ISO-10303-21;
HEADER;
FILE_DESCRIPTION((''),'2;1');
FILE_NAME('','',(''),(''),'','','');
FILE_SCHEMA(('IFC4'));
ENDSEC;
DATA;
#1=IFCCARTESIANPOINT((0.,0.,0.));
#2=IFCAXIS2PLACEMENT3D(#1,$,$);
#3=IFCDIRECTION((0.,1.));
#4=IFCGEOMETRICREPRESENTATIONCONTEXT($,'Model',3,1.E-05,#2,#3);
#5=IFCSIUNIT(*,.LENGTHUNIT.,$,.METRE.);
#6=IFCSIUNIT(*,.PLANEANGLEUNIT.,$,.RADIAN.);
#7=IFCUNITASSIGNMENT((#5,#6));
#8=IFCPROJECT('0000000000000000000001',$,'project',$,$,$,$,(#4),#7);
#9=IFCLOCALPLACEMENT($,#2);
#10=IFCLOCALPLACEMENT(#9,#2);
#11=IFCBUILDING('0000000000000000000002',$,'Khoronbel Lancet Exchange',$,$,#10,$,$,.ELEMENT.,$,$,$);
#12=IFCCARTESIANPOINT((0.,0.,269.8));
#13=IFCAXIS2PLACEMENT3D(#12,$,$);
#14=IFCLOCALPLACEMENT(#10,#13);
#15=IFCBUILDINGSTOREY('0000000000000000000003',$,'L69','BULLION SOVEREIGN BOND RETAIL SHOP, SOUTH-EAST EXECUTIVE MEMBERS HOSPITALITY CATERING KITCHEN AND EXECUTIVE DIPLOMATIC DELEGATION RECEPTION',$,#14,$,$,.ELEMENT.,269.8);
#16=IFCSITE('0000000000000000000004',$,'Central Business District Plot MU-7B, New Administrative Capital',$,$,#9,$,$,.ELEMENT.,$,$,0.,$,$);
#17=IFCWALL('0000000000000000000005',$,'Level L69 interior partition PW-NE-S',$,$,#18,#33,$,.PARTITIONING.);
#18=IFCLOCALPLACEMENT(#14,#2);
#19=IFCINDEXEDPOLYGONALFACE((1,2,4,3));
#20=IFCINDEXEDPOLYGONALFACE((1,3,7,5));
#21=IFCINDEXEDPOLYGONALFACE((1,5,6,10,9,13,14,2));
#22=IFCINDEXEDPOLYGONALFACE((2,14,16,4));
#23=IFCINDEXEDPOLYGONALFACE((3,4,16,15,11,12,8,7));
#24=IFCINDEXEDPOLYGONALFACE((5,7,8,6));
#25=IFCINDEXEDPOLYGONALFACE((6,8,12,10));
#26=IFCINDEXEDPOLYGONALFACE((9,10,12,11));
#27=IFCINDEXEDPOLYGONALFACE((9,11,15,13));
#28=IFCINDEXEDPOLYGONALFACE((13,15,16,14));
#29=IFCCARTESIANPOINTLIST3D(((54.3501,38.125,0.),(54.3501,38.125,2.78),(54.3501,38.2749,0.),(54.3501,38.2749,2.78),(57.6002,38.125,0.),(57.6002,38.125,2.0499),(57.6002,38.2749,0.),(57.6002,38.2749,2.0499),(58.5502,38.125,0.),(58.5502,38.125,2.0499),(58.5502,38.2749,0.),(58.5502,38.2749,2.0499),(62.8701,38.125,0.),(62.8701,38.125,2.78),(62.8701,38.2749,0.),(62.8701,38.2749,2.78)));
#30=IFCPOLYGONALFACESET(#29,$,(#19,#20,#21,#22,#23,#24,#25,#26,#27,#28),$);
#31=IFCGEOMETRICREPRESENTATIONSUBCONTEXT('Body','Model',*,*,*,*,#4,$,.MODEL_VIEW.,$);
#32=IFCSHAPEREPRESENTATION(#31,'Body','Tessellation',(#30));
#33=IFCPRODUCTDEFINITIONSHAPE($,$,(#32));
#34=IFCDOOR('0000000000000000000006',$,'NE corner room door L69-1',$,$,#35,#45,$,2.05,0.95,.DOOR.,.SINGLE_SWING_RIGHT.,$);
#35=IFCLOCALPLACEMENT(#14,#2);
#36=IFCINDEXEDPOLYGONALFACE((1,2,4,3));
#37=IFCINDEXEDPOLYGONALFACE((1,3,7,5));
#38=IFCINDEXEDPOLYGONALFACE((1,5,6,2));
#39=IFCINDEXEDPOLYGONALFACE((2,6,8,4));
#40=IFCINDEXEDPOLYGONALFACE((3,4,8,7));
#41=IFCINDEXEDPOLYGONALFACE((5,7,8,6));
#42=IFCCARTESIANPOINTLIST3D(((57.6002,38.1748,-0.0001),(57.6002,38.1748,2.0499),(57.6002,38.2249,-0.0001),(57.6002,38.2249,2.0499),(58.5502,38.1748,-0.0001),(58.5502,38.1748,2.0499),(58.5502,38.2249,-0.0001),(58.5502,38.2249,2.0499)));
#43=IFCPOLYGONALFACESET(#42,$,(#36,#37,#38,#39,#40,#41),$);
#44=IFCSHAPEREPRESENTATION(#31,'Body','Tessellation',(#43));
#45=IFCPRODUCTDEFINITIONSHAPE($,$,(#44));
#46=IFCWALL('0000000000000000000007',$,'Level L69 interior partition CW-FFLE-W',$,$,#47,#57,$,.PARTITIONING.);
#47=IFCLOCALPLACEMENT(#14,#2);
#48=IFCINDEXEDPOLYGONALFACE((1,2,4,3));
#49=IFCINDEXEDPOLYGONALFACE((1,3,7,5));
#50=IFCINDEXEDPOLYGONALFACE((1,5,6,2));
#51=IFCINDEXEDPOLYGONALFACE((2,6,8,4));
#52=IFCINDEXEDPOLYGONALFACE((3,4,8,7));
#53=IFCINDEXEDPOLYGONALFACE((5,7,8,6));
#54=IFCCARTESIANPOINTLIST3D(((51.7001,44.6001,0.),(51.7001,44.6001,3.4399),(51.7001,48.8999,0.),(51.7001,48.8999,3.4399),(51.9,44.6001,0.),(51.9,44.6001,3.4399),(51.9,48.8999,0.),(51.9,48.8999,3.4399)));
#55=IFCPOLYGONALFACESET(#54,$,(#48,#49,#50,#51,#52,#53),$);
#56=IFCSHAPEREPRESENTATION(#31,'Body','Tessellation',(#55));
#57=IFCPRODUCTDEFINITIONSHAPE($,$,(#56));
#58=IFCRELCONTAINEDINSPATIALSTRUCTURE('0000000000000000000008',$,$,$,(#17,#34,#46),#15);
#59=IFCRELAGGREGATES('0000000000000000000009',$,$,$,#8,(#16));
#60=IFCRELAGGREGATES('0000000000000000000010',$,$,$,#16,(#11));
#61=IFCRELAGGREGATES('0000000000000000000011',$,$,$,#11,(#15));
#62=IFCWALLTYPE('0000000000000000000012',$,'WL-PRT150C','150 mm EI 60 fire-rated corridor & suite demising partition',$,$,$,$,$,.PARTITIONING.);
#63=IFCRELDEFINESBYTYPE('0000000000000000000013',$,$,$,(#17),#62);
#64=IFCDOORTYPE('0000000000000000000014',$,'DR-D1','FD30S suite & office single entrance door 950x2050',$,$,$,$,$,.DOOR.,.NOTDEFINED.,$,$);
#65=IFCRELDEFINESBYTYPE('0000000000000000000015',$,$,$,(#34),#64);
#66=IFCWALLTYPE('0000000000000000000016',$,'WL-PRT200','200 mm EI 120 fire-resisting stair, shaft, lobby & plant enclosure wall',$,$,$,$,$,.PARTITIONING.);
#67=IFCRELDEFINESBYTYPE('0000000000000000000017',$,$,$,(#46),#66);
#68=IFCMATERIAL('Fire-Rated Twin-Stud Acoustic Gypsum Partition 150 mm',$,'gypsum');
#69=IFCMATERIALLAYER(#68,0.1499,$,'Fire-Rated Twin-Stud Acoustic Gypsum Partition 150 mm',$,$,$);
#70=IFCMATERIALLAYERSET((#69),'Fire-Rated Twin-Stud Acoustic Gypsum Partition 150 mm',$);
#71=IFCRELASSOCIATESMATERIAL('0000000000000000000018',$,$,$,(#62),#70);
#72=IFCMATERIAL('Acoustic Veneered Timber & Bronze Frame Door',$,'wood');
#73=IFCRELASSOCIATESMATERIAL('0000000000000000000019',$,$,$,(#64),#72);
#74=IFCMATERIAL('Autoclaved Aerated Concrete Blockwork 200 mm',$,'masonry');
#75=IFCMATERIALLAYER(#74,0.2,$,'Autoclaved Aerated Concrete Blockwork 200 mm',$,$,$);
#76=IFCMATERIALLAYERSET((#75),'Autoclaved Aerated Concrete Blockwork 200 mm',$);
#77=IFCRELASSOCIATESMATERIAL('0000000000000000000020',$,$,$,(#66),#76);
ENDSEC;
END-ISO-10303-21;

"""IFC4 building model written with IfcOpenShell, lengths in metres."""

from ifc_helpers import new_model, si_unit, direction, frame, frame_2d, origin, place, context, subcontext, project, spatial, rectangle, extrude, material, layer, layer_set, type_object, element, fill, save


model = new_model("IFC4")

# Units and contexts
model_context = context("Model", 3, precision=1e-05, world=origin(), true_north=direction((0.0, 1.0)))
body_context = subcontext(model_context, "Body", "Model", "MODEL_VIEW")
ifc_project = project(units=[si_unit("LENGTHUNIT", "METRE"), si_unit("PLANEANGLEUNIT", "RADIAN")], contexts=[model_context])

# Site, building, storey
site_placement = place(None, origin())
site = spatial("IfcSite", under=ifc_project, at=site_placement, Name="Central Business District Plot MU-7B, New Administrative Capital", CompositionType="ELEMENT", RefElevation=0.0)
building_placement = place(site_placement, origin())
building = spatial("IfcBuilding", under=site, at=building_placement, Name="Khoronbel Lancet Exchange", CompositionType="ELEMENT")
storey_placement = place(building_placement, frame((0.0, 0.0, 269.8)))
storey = spatial("IfcBuildingStorey", under=building, at=storey_placement, Name="L69", Description="BULLION SOVEREIGN BOND RETAIL SHOP, SOUTH-EAST EXECUTIVE MEMBERS HOSPITALITY CATERING KITCHEN AND EXECUTIVE DIPLOMATIC DELEGATION RECEPTION", CompositionType="ELEMENT", Elevation=269.8)

# Wall, opening, door
ifc_material_1 = material(Name="Fire-Rated Twin-Stud Acoustic Gypsum Partition 150 mm", Category="gypsum")
ifc_layer_1 = layer(ifc_material_1, 0.1499, Name="Fire-Rated Twin-Stud Acoustic Gypsum Partition 150 mm")
ifc_layer_set_1 = layer_set([ifc_layer_1], Name="Fire-Rated Twin-Stud Acoustic Gypsum Partition 150 mm")
wall_type_1 = type_object("IfcWallType", Name="WL-PRT150C", Description="150 mm EI 60 fire-rated corridor & suite demising partition", PredefinedType="PARTITIONING", material=ifc_layer_set_1)
wall_1_placement = place(storey_placement, frame((54.3501, 38.2, 0.0), z_axis=(0.0, 0.0, 1.0), x_axis=(1.0, 0.0, 0.0)))
wall_1 = element("IfcWall", 1, at=wall_1_placement, inside=storey, type_object=wall_type_1, Name="Level L69 interior partition PW-NE-S", PredefinedType="PARTITIONING", context=body_context, shape_type="SweptSolid", body=[
    extrude(rectangle(XDim=8.52, YDim=0.1499, at=frame_2d((4.26, 0.0))), origin(), (0.0, 0.0, 1.0), 2.78),
])
opening_1_placement = place(wall_1_placement, frame((3.25, 0.0, 0.0)))
opening_1 = element("IfcOpeningElement", 2, at=opening_1_placement, cuts=wall_1, PredefinedType="OPENING", context=body_context, shape_type="SweptSolid", body=[
    extrude(rectangle(XDim=0.95, YDim=2.05, at=frame_2d((0.4751, 1.0249))), frame((0.0, 0.085, 0.0), z_axis=(0.0, -1.0, 0.0), x_axis=(1.0, 0.0, 0.0)), (0.0, 0.0, 1.0), 0.1699),
])
ifc_material_2 = material(Name="Acoustic Veneered Timber & Bronze Frame Door", Category="wood")
door_type_1 = type_object("IfcDoorType", Name="DR-D1", Description="FD30S suite & office single entrance door 950x2050", OperationType="NOTDEFINED", PredefinedType="DOOR", material=ifc_material_2)
door_1_placement = place(opening_1_placement, origin())
door_1 = element("IfcDoor", 3, at=door_1_placement, inside=storey, type_object=door_type_1, Name="NE corner room door L69-1", OperationType="SINGLE_SWING_RIGHT", OverallHeight=2.05, OverallWidth=0.95, PredefinedType="DOOR", context=body_context, shape_type="SweptSolid", body=[
    extrude(rectangle(XDim=0.95, YDim=2.05, at=frame_2d((0.4751, 1.0249))), frame((0.0, 0.0249, 0.0), z_axis=(0.0, -1.0, 0.0), x_axis=(1.0, 0.0, 0.0)), (0.0, 0.0, 1.0), 0.05),
])
fill(opening_1, door_1)

# Wall
ifc_material_3 = material(Name="Autoclaved Aerated Concrete Blockwork 200 mm", Category="masonry")
ifc_layer_2 = layer(ifc_material_3, 0.2, Name="Autoclaved Aerated Concrete Blockwork 200 mm")
ifc_layer_set_2 = layer_set([ifc_layer_2], Name="Autoclaved Aerated Concrete Blockwork 200 mm")
wall_type_2 = type_object("IfcWallType", Name="WL-PRT200", Description="200 mm EI 120 fire-resisting stair, shaft, lobby & plant enclosure wall", PredefinedType="PARTITIONING", material=ifc_layer_set_2)
wall_2_placement = place(storey_placement, frame((51.8, 44.6001, 0.0), z_axis=(0.0, 0.0, 1.0), x_axis=(0.0, 1.0, 0.0)))
element("IfcWall", 4, at=wall_2_placement, inside=storey, type_object=wall_type_2, Name="Level L69 interior partition CW-FFLE-W", PredefinedType="PARTITIONING", context=body_context, shape_type="SweptSolid", body=[
    extrude(rectangle(XDim=4.2998, YDim=0.2, at=frame_2d((2.1499, 0.0))), origin(), (0.0, 0.0, 1.0), 3.4399),
])

save(model, "model.ifc")
